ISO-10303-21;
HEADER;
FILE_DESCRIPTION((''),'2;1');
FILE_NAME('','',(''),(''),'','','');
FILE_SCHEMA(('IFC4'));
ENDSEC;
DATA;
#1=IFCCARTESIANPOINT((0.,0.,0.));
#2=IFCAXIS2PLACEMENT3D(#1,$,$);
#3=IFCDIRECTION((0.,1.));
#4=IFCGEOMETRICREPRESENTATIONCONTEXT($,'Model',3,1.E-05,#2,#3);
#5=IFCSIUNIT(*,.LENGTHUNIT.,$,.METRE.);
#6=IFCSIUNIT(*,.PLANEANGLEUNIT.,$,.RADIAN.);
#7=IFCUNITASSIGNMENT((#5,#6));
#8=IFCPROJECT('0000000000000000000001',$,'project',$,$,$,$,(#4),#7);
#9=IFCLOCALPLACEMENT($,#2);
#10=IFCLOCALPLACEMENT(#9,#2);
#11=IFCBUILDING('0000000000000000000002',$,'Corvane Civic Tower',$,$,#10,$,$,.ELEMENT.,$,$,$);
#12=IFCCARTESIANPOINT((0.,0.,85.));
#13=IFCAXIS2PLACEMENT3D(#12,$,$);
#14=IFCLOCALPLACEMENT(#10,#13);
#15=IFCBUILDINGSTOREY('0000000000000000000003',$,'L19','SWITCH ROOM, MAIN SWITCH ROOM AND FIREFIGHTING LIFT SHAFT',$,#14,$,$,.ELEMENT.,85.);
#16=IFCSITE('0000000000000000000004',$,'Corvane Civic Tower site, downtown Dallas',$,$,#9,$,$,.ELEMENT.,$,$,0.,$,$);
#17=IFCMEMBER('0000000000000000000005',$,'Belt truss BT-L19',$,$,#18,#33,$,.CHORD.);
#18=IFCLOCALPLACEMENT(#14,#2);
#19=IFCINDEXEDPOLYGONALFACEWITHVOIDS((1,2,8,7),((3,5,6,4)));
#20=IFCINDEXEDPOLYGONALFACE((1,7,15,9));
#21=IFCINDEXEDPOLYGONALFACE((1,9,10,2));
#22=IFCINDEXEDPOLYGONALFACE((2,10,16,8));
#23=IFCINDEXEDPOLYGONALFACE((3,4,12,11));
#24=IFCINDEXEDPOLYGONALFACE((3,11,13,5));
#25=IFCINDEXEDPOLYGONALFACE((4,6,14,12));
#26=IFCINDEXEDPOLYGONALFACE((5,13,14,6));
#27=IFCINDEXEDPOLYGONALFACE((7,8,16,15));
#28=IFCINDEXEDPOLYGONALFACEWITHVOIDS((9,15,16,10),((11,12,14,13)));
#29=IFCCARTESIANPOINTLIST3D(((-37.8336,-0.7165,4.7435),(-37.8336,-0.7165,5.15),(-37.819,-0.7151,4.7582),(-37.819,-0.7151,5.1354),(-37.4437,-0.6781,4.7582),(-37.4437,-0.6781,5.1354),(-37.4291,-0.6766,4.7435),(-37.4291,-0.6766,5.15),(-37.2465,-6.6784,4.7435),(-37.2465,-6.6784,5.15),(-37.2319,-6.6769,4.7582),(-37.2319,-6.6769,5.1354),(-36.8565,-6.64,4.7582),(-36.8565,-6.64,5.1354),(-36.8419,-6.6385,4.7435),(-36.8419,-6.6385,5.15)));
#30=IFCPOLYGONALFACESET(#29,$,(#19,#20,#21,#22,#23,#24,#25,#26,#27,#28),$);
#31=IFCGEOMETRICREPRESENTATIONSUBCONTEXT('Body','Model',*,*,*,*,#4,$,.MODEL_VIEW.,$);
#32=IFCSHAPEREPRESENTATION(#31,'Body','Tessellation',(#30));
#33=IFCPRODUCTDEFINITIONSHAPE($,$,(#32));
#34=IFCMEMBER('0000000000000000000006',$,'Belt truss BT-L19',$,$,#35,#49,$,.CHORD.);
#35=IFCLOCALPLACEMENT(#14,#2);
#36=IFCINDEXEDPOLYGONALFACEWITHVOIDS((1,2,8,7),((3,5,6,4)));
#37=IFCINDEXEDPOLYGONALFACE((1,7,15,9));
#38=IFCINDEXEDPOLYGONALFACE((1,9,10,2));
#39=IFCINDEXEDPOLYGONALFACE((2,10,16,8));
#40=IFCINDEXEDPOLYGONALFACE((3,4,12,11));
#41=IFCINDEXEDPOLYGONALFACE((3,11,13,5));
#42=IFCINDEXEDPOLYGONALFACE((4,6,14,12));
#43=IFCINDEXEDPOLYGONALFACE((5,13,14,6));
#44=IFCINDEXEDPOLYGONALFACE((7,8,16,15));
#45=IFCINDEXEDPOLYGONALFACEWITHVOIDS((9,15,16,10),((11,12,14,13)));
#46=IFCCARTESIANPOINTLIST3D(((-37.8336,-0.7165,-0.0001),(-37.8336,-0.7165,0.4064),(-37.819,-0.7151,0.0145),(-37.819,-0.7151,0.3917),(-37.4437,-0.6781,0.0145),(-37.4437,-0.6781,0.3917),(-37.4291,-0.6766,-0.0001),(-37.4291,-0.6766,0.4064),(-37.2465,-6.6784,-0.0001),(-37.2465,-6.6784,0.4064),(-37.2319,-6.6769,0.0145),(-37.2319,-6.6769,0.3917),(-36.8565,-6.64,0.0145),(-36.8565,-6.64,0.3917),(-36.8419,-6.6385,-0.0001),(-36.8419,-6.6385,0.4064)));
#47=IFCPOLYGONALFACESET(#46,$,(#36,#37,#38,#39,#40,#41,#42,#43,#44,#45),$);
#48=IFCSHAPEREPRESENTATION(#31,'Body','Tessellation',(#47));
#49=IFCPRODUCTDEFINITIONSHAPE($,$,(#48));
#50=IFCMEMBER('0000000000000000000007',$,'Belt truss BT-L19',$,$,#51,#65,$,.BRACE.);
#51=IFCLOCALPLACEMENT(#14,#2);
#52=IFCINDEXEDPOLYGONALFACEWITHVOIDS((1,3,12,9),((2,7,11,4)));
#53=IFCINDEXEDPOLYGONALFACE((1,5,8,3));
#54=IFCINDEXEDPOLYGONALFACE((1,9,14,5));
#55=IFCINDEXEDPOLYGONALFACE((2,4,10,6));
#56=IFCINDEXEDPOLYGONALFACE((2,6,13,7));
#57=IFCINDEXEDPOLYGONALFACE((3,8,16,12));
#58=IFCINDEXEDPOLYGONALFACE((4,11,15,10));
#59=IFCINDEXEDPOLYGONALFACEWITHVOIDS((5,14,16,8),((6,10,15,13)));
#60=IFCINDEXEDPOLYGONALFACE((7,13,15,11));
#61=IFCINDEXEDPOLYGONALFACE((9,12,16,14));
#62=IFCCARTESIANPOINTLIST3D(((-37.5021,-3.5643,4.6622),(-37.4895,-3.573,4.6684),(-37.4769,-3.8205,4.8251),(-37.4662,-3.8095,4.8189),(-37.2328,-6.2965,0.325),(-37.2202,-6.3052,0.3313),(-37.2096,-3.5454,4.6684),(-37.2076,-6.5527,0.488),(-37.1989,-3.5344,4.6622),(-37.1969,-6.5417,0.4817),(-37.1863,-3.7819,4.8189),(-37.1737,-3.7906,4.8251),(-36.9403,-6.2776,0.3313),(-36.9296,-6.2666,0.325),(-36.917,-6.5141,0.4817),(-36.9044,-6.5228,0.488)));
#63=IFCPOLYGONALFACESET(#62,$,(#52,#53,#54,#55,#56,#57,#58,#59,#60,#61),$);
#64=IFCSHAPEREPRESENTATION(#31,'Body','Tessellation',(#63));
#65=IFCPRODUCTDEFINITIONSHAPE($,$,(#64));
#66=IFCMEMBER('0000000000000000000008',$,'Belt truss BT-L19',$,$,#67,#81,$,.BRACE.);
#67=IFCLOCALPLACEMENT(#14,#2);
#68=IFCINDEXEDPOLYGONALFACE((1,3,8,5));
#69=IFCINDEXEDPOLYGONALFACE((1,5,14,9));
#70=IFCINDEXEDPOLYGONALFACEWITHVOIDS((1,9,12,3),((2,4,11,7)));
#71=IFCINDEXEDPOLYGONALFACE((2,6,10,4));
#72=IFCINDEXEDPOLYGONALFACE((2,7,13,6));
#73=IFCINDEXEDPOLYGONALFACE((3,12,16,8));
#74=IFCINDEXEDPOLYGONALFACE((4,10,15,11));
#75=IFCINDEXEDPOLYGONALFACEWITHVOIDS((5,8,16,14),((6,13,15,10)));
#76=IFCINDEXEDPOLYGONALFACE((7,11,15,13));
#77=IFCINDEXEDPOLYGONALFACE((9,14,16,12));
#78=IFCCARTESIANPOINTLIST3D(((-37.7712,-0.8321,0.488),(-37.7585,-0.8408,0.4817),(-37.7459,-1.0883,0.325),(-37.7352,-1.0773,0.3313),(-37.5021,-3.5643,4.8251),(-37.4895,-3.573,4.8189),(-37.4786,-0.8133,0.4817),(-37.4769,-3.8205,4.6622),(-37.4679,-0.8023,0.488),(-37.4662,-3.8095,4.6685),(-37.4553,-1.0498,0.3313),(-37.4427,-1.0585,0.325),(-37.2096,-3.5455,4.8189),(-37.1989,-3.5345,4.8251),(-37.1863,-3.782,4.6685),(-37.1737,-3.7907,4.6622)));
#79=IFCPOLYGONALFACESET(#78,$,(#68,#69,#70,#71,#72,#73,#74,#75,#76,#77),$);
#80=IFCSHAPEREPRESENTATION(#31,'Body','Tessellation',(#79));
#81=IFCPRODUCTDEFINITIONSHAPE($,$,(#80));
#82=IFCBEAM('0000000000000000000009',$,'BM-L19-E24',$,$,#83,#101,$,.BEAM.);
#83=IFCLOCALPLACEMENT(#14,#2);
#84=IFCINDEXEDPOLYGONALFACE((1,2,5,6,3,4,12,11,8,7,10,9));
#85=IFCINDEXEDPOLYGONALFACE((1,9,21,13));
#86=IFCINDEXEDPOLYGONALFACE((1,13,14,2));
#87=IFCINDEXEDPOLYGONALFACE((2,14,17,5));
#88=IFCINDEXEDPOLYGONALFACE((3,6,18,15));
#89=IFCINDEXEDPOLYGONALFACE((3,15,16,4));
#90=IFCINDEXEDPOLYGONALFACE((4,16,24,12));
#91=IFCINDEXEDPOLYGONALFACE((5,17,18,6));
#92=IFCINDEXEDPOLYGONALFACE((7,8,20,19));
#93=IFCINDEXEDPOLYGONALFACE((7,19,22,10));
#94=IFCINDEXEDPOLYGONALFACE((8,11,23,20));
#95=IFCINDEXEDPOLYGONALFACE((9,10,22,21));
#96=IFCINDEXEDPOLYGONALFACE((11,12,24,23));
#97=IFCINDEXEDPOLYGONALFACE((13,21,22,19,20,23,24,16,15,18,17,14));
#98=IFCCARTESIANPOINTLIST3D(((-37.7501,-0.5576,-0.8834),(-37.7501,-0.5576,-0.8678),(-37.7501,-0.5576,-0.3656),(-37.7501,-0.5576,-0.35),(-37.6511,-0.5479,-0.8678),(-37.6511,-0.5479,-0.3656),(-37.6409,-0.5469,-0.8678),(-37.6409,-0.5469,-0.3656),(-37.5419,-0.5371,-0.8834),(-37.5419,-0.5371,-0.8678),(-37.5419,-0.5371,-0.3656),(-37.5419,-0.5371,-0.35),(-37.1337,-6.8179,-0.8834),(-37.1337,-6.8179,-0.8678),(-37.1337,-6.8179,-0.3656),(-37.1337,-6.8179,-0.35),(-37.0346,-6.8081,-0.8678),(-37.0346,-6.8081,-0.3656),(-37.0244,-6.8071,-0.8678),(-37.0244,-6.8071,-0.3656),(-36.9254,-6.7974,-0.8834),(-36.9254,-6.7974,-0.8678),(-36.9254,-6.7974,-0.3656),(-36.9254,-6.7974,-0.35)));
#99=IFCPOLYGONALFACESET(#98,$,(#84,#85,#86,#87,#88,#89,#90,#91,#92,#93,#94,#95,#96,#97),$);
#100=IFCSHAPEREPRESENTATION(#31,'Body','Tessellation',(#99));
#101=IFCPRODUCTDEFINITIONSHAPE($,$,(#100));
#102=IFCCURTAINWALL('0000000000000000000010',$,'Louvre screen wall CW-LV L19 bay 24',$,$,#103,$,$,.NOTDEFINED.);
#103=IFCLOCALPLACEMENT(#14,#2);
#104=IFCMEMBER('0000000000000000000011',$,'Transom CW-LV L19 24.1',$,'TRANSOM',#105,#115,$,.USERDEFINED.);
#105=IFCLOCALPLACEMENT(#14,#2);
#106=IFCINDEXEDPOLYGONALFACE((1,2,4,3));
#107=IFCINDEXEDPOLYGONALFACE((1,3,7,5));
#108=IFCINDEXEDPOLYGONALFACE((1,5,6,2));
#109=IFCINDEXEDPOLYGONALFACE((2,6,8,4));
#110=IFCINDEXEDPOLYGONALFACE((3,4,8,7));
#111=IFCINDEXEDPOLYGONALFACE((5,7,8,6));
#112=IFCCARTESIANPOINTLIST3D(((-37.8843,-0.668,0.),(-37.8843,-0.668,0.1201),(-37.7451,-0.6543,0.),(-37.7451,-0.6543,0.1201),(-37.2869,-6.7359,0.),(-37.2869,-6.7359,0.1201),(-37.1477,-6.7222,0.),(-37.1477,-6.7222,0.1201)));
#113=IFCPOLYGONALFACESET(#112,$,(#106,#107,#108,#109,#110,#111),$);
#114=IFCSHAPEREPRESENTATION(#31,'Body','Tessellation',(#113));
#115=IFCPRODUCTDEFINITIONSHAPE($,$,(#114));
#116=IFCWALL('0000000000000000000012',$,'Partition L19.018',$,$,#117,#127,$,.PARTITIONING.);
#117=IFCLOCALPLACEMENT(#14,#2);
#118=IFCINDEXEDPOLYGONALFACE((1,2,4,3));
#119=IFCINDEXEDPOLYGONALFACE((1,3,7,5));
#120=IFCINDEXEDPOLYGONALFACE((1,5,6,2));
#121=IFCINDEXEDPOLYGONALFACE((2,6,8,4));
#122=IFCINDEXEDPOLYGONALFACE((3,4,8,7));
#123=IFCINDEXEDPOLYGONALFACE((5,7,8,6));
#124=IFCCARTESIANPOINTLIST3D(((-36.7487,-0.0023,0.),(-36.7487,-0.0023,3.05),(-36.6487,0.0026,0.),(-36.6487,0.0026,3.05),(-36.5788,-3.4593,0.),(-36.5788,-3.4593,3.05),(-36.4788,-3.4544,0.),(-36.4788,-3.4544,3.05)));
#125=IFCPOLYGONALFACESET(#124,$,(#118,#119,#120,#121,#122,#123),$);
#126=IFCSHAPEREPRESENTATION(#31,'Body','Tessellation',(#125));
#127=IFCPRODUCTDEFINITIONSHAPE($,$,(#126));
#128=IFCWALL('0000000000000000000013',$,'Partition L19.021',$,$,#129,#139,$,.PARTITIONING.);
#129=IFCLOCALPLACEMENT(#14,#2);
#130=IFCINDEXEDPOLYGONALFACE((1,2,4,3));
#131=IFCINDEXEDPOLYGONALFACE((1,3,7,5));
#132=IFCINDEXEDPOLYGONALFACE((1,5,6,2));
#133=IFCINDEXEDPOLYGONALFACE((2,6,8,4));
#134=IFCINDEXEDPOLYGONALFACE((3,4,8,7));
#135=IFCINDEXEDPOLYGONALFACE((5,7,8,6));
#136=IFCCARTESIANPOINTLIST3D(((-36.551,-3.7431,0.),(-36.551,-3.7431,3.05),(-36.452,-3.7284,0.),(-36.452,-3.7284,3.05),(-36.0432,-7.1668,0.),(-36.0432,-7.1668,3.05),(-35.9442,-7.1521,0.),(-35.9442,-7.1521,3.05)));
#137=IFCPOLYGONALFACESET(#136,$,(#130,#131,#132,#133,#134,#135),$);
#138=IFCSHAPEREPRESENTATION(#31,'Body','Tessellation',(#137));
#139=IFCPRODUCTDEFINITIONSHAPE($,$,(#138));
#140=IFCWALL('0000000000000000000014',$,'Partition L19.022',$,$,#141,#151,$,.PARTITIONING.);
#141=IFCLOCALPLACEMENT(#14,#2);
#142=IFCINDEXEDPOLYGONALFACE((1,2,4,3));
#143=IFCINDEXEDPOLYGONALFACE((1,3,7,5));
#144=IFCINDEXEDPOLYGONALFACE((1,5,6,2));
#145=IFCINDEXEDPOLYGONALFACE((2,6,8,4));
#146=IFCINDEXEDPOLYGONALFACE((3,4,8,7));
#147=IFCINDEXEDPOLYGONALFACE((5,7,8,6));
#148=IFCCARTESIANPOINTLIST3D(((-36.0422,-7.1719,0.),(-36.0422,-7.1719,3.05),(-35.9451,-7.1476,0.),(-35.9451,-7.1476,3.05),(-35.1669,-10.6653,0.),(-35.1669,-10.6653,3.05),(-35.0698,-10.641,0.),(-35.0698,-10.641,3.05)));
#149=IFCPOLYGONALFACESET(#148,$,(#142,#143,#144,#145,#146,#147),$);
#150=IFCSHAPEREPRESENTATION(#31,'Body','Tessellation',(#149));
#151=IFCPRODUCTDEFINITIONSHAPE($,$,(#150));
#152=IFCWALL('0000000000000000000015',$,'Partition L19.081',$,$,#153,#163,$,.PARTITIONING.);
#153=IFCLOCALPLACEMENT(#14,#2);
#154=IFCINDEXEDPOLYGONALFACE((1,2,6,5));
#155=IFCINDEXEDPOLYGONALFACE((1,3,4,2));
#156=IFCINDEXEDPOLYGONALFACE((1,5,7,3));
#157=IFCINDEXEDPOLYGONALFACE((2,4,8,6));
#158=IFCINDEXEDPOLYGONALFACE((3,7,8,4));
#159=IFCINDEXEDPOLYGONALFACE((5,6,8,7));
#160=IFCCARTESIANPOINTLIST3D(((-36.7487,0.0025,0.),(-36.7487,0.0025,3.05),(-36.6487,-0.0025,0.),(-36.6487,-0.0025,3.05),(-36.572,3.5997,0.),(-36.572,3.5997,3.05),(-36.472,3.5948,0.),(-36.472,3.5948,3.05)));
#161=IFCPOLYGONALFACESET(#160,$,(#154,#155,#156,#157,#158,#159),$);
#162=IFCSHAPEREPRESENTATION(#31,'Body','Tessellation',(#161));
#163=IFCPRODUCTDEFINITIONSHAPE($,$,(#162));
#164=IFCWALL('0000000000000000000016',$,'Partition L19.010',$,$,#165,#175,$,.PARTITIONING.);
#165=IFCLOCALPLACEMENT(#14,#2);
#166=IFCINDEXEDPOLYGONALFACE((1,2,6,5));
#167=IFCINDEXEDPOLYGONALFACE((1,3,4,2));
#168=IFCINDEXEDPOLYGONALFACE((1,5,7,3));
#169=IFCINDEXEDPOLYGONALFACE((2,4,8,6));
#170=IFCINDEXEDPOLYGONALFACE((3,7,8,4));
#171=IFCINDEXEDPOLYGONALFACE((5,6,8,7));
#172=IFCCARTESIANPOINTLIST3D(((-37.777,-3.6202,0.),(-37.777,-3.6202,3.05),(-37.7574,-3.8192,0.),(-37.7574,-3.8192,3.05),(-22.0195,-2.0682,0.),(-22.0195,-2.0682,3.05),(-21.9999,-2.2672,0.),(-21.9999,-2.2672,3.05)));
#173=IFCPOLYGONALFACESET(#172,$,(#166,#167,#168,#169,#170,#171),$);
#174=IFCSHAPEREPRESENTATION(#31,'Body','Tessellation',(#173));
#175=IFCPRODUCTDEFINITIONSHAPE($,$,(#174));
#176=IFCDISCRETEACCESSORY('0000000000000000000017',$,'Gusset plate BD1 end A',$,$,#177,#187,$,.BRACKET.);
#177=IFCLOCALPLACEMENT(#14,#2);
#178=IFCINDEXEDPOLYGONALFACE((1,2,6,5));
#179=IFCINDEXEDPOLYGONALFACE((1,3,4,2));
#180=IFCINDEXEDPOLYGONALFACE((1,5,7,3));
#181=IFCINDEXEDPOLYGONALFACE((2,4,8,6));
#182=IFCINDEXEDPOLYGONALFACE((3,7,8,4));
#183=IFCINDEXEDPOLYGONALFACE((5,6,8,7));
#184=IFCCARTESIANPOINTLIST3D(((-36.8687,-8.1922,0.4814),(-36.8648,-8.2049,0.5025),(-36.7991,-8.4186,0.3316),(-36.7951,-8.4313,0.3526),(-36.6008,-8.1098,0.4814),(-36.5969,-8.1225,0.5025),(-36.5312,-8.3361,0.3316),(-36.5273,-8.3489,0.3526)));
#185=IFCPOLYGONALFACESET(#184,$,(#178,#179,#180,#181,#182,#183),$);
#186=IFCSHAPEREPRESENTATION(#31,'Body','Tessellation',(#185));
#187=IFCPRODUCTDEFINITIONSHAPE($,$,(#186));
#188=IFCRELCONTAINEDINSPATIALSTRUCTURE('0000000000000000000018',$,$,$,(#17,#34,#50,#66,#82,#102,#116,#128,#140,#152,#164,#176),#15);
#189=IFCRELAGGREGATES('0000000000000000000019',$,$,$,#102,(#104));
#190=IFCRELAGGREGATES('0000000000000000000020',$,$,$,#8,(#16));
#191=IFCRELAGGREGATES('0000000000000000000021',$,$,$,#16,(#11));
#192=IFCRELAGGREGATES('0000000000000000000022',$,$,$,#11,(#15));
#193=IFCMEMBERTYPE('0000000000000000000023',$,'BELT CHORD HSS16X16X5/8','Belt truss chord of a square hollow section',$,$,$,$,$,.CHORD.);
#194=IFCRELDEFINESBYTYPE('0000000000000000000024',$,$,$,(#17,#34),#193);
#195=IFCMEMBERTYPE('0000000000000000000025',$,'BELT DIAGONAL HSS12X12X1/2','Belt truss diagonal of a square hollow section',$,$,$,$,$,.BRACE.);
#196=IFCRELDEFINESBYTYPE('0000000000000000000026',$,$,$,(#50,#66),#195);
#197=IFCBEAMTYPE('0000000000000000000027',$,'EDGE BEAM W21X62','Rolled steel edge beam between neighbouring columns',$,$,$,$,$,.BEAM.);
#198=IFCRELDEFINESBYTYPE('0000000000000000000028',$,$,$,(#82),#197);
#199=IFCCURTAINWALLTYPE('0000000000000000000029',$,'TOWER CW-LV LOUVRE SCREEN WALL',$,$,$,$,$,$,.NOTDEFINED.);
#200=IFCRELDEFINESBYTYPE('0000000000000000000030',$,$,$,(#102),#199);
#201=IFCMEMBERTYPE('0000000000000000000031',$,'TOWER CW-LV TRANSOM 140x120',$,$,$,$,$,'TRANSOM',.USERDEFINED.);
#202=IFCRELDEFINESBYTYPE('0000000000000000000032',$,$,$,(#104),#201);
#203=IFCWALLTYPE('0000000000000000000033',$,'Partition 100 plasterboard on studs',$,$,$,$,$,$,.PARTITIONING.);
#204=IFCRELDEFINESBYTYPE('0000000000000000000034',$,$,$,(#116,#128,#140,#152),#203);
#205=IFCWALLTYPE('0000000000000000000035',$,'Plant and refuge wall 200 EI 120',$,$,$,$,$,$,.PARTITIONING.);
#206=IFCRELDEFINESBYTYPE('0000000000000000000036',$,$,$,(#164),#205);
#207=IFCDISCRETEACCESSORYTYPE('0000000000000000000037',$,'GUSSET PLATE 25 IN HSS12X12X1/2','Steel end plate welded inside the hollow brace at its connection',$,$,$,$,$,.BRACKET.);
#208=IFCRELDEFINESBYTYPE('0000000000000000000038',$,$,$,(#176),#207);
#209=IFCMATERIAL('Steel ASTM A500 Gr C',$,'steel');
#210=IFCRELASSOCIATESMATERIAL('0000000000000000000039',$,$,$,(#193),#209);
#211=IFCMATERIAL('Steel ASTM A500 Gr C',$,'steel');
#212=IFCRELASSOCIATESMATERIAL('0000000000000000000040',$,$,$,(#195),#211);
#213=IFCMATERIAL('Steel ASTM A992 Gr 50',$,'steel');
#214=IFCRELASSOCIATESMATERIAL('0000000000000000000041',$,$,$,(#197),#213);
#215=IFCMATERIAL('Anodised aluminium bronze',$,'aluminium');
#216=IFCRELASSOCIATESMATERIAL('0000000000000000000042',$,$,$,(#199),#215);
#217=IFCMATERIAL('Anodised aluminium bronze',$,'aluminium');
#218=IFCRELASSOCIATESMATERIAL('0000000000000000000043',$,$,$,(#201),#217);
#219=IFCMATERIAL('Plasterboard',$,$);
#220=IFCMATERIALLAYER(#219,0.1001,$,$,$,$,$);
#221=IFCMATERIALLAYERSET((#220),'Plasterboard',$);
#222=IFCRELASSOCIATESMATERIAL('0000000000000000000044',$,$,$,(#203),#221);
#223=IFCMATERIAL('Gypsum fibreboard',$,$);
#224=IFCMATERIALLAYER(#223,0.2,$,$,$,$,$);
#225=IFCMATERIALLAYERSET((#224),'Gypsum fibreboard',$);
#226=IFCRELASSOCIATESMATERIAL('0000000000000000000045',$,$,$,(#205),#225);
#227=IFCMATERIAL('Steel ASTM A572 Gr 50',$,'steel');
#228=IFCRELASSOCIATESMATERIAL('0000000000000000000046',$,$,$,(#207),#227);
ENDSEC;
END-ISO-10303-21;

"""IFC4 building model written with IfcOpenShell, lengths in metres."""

from ifc_helpers import new_model, si_unit, direction, frame, frame_2d, origin, origin_2d, place, context, subcontext, project, spatial, rectangle, hollow_rectangle, i_section, extrude, material, layer, layer_set, material_profile, profile_set, type_object, element, aggregate, save


model = new_model("IFC4")

# Units and contexts
model_context = context("Model", 3, precision=1e-05, world=origin(), true_north=direction((0.0, 1.0)))
body_context = subcontext(model_context, "Body", "Model", "MODEL_VIEW")
ifc_project = project(units=[si_unit("LENGTHUNIT", "METRE"), si_unit("PLANEANGLEUNIT", "RADIAN")], contexts=[model_context])

# Site, building, storey
site_placement = place(None, origin())
site = spatial("IfcSite", under=ifc_project, at=site_placement, Name="Corvane Civic Tower site, downtown Dallas", CompositionType="ELEMENT", RefElevation=0.0)
building_placement = place(site_placement, origin())
building = spatial("IfcBuilding", under=site, at=building_placement, Name="Corvane Civic Tower", CompositionType="ELEMENT")
storey_placement = place(building_placement, frame((0.0, 0.0, 85.0)))
storey = spatial("IfcBuildingStorey", under=building, at=storey_placement, Name="L19", Description="SWITCH ROOM, MAIN SWITCH ROOM AND FIREFIGHTING LIFT SHAFT", CompositionType="ELEMENT", Elevation=85.0)

# Members
ifc_material_1 = material(Name="Steel ASTM A500 Gr C", Category="steel")
ifc_material_profile_1 = material_profile(ifc_material_1, hollow_rectangle(XDim=0.4065, YDim=0.4065, WallThickness=0.0146, at=origin_2d()), Name="HSS16X16X5/8")
ifc_profile_set_1 = profile_set([ifc_material_profile_1], Name="Steel ASTM A500 Gr C")
member_type_1 = type_object("IfcMemberType", Name="BELT CHORD HSS16X16X5/8", Description="Belt truss chord of a square hollow section", PredefinedType="CHORD", material=ifc_profile_set_1)
for number, where, z_axis, x_axis, name in (
    (1, (-37.0442, -6.6584, 4.9468), (-0.098011, 0.995185, 0.0), (-0.995185, -0.098011, 0.0), "Belt truss BT-L19"),
    (2, (-37.0442, -6.6584, 0.2031), (-0.098011, 0.995185, 0.0), (-0.995185, -0.098011, 0.0), "Belt truss BT-L19"),
):
    element("IfcMember", number, at=place(storey_placement, frame(where, z_axis=z_axis, x_axis=x_axis)), inside=storey, type_object=member_type_1, Name=name, PredefinedType="CHORD", context=body_context, shape_type="SweptSolid", body=[
        extrude(hollow_rectangle(XDim=0.4065, YDim=0.4065, WallThickness=0.0146, at=origin_2d()), origin(), (0.0, 0.0, 1.0), 5.9907),
    ])
ifc_material_2 = material(Name="Steel ASTM A500 Gr C", Category="steel")
ifc_material_profile_2 = material_profile(ifc_material_2, hollow_rectangle(XDim=0.3047, YDim=0.3047, WallThickness=0.0117, at=origin_2d()), Name="HSS12X12X1/2")
ifc_profile_set_2 = profile_set([ifc_material_profile_2], Name="Steel ASTM A500 Gr C")
member_type_2 = type_object("IfcMemberType", Name="BELT DIAGONAL HSS12X12X1/2", Description="Belt truss diagonal of a square hollow section", PredefinedType="BRACE", material=ifc_profile_set_2)
for number, where, z_axis, x_axis, name in (
    (3, (-37.0686, -6.4097, 0.4065), (-0.052461, 0.532271, 0.844947), (-0.995178, -0.098086, 0.0), "Belt truss BT-L19"),
    (4, (-37.6069, -0.9453, 0.4065), (0.052414, -0.532273, 0.844949), (0.995187, 0.097998, 0.0), "Belt truss BT-L19"),
):
    element("IfcMember", number, at=place(storey_placement, frame(where, z_axis=z_axis, x_axis=x_axis)), inside=storey, type_object=member_type_2, Name=name, PredefinedType="BRACE", context=body_context, shape_type="SweptSolid", body=[
        extrude(hollow_rectangle(XDim=0.3047, YDim=0.3047, WallThickness=0.0117, at=origin_2d()), origin(), (0.0, 0.0, 1.0), 5.1331),
    ])

# Beam
ifc_material_3 = material(Name="Steel ASTM A992 Gr 50", Category="steel")
ifc_material_profile_3 = material_profile(ifc_material_3, i_section(OverallWidth=0.2092, OverallDepth=0.5334, WebThickness=0.0103, FlangeThickness=0.0156, at=origin_2d()), Name="W21X62")
ifc_profile_set_3 = profile_set([ifc_material_profile_3], Name="Steel ASTM A992 Gr 50")
beam_type = type_object("IfcBeamType", Name="EDGE BEAM W21X62", Description="Rolled steel edge beam between neighbouring columns", PredefinedType="BEAM", material=ifc_profile_set_3)
beam_placement = place(storey_placement, frame((-37.0295, -6.8076, -0.6167), z_axis=(-0.097997, 0.995187, 0.0), x_axis=(-0.995187, -0.097997, 0.0)))
element("IfcBeam", 5, at=beam_placement, inside=storey, type_object=beam_type, Name="BM-L19-E24", PredefinedType="BEAM", context=body_context, shape_type="SweptSolid", body=[
    extrude(i_section(OverallWidth=0.2092, OverallDepth=0.5334, WebThickness=0.0103, FlangeThickness=0.0156, at=origin_2d()), origin(), (0.0, 0.0, 1.0), 6.2905),
])

# Curtain wall, member
ifc_material_4 = material(Name="Anodised aluminium bronze", Category="aluminium")
curtain_wall_type = type_object("IfcCurtainWallType", Name="TOWER CW-LV LOUVRE SCREEN WALL", PredefinedType="NOTDEFINED", material=ifc_material_4)
curtain_wall_placement = place(storey_placement, origin())
curtain_wall = element("IfcCurtainWall", 6, at=curtain_wall_placement, inside=storey, type_object=curtain_wall_type, Name="Louvre screen wall CW-LV L19 bay 24", PredefinedType="NOTDEFINED")
ifc_material_5 = material(Name="Anodised aluminium bronze", Category="aluminium")
ifc_material_profile_4 = material_profile(ifc_material_5, rectangle(XDim=0.1399, YDim=0.1201, at=origin_2d()), Name="TOWER CW-LV TRANSOM 140x120")
ifc_profile_set_4 = profile_set([ifc_material_profile_4], Name="Anodised aluminium bronze")
member_type_3 = type_object("IfcMemberType", Name="TOWER CW-LV TRANSOM 140x120", ElementType="TRANSOM", PredefinedType="USERDEFINED", material=ifc_profile_set_4)
member_placement = place(storey_placement, frame((-37.2173, -6.729, 0.0601), z_axis=(-0.097981, 0.995188, 0.0), x_axis=(-0.995188, -0.097981, 0.0)))
member = element("IfcMember", 7, at=member_placement, type_object=member_type_3, Name="Transom CW-LV L19 24.1", ObjectType="TRANSOM", PredefinedType="USERDEFINED", context=body_context, shape_type="SweptSolid", body=[
    extrude(rectangle(XDim=0.1399, YDim=0.1201, at=origin_2d()), origin(), (0.0, 0.0, 1.0), 6.0972),
])

# Walls
ifc_material_6 = material(Name="Plasterboard")
ifc_layer_1 = layer(ifc_material_6, 0.1001)
ifc_layer_set_1 = layer_set([ifc_layer_1], Name="Plasterboard")
wall_type_1 = type_object("IfcWallType", Name="Partition 100 plasterboard on studs", PredefinedType="PARTITIONING", material=ifc_layer_set_1)
for number, where, z_axis, x_axis, name in (
    (8, (-36.6987, 0.0, 0.0), (0.0, 0.0, 1.0), (0.049093, -0.998794, 0.0), "Partition L19.018"),
    (9, (-36.5015, -3.7358, 0.0), (0.0, 0.0, 1.0), (0.146712, -0.989179, 0.0), "Partition L19.021"),
):
    element("IfcWall", number, at=place(storey_placement, frame(where, z_axis=z_axis, x_axis=x_axis)), inside=storey, type_object=wall_type_1, Name=name, PredefinedType="PARTITIONING", context=body_context, shape_type="SweptSolid", body=[
        extrude(rectangle(XDim=3.4612, YDim=0.1001, at=frame_2d((1.7305, 0.0))), origin(), (0.0, 0.0, 1.0), 3.05),
    ])
wall_1_placement = place(storey_placement, frame((-35.9937, -7.1597, 0.0), z_axis=(0.0, 0.0, 1.0), x_axis=(0.24303, -0.970019, 0.0)))
element("IfcWall", 10, at=wall_1_placement, inside=storey, type_object=wall_type_1, Name="Partition L19.022", PredefinedType="PARTITIONING", context=body_context, shape_type="SweptSolid", body=[
    extrude(rectangle(XDim=3.6013, YDim=0.1001, at=frame_2d((1.8008, 0.0))), origin(), (0.0, 0.0, 1.0), 3.05),
])
wall_2_placement = place(storey_placement, frame((-36.6987, 0.0, 0.0), z_axis=(0.0, 0.0, 1.0), x_axis=(0.049079, 0.998795, 0.0)))
element("IfcWall", 11, at=wall_2_placement, inside=storey, type_object=wall_type_1, Name="Partition L19.081", PredefinedType="PARTITIONING", context=body_context, shape_type="SweptSolid", body=[
    extrude(rectangle(XDim=3.6016, YDim=0.1001, at=frame_2d((1.8008, 0.0))), origin(), (0.0, 0.0, 1.0), 3.05),
])
ifc_material_7 = material(Name="Gypsum fibreboard")
ifc_layer_2 = layer(ifc_material_7, 0.2)
ifc_layer_set_2 = layer_set([ifc_layer_2], Name="Gypsum fibreboard")
wall_type_2 = type_object("IfcWallType", Name="Plant and refuge wall 200 EI 120", PredefinedType="PARTITIONING", material=ifc_layer_set_2)
wall_3_placement = place(storey_placement, frame((-37.7673, -3.7197, 0.0), z_axis=(0.0, 0.0, 1.0), x_axis=(0.995185, 0.098018, 0.0)))
element("IfcWall", 12, at=wall_3_placement, inside=storey, type_object=wall_type_2, Name="Partition L19.010", PredefinedType="PARTITIONING", context=body_context, shape_type="SweptSolid", body=[
    extrude(rectangle(XDim=15.8337, YDim=0.2, at=frame_2d((7.917, 0.0))), origin(), (0.0, 0.0, 1.0), 3.05),
])

aggregate(curtain_wall, [member])

# Discrete accessory
ifc_material_8 = material(Name="Steel ASTM A572 Gr 50", Category="steel")
ifc_material_profile_5 = material_profile(ifc_material_8, rectangle(XDim=0.2803, YDim=0.2803, at=origin_2d()), Name="GUSSET PLATE 25 IN HSS12X12X1/2")
ifc_profile_set_5 = profile_set([ifc_material_profile_5], Name="Steel ASTM A572 Gr 50")
discrete_accessory_type = type_object("IfcDiscreteAccessoryType", Name="GUSSET PLATE 25 IN HSS12X12X1/2", Description="Steel end plate welded inside the hollow brace at its connection", PredefinedType="BRACKET", material=ifc_profile_set_5)
for number, where, z_axis, x_axis, name in (
    (13, (-36.7, -8.2642, 0.4065), (0.157226, -0.510984, 0.845089), (0.955779, 0.294086, 0.0), "Gusset plate BD1 end A"),
):
    element("IfcDiscreteAccessory", number, at=place(storey_placement, frame(where, z_axis=z_axis, x_axis=x_axis)), inside=storey, type_object=discrete_accessory_type, Name=name, PredefinedType="BRACKET", context=body_context, shape_type="SweptSolid", body=[
        extrude(rectangle(XDim=0.2803, YDim=0.2803, at=origin_2d()), origin(), (0.0, 0.0, 1.0), 0.0249),
    ])

save(model, "model.ifc")
